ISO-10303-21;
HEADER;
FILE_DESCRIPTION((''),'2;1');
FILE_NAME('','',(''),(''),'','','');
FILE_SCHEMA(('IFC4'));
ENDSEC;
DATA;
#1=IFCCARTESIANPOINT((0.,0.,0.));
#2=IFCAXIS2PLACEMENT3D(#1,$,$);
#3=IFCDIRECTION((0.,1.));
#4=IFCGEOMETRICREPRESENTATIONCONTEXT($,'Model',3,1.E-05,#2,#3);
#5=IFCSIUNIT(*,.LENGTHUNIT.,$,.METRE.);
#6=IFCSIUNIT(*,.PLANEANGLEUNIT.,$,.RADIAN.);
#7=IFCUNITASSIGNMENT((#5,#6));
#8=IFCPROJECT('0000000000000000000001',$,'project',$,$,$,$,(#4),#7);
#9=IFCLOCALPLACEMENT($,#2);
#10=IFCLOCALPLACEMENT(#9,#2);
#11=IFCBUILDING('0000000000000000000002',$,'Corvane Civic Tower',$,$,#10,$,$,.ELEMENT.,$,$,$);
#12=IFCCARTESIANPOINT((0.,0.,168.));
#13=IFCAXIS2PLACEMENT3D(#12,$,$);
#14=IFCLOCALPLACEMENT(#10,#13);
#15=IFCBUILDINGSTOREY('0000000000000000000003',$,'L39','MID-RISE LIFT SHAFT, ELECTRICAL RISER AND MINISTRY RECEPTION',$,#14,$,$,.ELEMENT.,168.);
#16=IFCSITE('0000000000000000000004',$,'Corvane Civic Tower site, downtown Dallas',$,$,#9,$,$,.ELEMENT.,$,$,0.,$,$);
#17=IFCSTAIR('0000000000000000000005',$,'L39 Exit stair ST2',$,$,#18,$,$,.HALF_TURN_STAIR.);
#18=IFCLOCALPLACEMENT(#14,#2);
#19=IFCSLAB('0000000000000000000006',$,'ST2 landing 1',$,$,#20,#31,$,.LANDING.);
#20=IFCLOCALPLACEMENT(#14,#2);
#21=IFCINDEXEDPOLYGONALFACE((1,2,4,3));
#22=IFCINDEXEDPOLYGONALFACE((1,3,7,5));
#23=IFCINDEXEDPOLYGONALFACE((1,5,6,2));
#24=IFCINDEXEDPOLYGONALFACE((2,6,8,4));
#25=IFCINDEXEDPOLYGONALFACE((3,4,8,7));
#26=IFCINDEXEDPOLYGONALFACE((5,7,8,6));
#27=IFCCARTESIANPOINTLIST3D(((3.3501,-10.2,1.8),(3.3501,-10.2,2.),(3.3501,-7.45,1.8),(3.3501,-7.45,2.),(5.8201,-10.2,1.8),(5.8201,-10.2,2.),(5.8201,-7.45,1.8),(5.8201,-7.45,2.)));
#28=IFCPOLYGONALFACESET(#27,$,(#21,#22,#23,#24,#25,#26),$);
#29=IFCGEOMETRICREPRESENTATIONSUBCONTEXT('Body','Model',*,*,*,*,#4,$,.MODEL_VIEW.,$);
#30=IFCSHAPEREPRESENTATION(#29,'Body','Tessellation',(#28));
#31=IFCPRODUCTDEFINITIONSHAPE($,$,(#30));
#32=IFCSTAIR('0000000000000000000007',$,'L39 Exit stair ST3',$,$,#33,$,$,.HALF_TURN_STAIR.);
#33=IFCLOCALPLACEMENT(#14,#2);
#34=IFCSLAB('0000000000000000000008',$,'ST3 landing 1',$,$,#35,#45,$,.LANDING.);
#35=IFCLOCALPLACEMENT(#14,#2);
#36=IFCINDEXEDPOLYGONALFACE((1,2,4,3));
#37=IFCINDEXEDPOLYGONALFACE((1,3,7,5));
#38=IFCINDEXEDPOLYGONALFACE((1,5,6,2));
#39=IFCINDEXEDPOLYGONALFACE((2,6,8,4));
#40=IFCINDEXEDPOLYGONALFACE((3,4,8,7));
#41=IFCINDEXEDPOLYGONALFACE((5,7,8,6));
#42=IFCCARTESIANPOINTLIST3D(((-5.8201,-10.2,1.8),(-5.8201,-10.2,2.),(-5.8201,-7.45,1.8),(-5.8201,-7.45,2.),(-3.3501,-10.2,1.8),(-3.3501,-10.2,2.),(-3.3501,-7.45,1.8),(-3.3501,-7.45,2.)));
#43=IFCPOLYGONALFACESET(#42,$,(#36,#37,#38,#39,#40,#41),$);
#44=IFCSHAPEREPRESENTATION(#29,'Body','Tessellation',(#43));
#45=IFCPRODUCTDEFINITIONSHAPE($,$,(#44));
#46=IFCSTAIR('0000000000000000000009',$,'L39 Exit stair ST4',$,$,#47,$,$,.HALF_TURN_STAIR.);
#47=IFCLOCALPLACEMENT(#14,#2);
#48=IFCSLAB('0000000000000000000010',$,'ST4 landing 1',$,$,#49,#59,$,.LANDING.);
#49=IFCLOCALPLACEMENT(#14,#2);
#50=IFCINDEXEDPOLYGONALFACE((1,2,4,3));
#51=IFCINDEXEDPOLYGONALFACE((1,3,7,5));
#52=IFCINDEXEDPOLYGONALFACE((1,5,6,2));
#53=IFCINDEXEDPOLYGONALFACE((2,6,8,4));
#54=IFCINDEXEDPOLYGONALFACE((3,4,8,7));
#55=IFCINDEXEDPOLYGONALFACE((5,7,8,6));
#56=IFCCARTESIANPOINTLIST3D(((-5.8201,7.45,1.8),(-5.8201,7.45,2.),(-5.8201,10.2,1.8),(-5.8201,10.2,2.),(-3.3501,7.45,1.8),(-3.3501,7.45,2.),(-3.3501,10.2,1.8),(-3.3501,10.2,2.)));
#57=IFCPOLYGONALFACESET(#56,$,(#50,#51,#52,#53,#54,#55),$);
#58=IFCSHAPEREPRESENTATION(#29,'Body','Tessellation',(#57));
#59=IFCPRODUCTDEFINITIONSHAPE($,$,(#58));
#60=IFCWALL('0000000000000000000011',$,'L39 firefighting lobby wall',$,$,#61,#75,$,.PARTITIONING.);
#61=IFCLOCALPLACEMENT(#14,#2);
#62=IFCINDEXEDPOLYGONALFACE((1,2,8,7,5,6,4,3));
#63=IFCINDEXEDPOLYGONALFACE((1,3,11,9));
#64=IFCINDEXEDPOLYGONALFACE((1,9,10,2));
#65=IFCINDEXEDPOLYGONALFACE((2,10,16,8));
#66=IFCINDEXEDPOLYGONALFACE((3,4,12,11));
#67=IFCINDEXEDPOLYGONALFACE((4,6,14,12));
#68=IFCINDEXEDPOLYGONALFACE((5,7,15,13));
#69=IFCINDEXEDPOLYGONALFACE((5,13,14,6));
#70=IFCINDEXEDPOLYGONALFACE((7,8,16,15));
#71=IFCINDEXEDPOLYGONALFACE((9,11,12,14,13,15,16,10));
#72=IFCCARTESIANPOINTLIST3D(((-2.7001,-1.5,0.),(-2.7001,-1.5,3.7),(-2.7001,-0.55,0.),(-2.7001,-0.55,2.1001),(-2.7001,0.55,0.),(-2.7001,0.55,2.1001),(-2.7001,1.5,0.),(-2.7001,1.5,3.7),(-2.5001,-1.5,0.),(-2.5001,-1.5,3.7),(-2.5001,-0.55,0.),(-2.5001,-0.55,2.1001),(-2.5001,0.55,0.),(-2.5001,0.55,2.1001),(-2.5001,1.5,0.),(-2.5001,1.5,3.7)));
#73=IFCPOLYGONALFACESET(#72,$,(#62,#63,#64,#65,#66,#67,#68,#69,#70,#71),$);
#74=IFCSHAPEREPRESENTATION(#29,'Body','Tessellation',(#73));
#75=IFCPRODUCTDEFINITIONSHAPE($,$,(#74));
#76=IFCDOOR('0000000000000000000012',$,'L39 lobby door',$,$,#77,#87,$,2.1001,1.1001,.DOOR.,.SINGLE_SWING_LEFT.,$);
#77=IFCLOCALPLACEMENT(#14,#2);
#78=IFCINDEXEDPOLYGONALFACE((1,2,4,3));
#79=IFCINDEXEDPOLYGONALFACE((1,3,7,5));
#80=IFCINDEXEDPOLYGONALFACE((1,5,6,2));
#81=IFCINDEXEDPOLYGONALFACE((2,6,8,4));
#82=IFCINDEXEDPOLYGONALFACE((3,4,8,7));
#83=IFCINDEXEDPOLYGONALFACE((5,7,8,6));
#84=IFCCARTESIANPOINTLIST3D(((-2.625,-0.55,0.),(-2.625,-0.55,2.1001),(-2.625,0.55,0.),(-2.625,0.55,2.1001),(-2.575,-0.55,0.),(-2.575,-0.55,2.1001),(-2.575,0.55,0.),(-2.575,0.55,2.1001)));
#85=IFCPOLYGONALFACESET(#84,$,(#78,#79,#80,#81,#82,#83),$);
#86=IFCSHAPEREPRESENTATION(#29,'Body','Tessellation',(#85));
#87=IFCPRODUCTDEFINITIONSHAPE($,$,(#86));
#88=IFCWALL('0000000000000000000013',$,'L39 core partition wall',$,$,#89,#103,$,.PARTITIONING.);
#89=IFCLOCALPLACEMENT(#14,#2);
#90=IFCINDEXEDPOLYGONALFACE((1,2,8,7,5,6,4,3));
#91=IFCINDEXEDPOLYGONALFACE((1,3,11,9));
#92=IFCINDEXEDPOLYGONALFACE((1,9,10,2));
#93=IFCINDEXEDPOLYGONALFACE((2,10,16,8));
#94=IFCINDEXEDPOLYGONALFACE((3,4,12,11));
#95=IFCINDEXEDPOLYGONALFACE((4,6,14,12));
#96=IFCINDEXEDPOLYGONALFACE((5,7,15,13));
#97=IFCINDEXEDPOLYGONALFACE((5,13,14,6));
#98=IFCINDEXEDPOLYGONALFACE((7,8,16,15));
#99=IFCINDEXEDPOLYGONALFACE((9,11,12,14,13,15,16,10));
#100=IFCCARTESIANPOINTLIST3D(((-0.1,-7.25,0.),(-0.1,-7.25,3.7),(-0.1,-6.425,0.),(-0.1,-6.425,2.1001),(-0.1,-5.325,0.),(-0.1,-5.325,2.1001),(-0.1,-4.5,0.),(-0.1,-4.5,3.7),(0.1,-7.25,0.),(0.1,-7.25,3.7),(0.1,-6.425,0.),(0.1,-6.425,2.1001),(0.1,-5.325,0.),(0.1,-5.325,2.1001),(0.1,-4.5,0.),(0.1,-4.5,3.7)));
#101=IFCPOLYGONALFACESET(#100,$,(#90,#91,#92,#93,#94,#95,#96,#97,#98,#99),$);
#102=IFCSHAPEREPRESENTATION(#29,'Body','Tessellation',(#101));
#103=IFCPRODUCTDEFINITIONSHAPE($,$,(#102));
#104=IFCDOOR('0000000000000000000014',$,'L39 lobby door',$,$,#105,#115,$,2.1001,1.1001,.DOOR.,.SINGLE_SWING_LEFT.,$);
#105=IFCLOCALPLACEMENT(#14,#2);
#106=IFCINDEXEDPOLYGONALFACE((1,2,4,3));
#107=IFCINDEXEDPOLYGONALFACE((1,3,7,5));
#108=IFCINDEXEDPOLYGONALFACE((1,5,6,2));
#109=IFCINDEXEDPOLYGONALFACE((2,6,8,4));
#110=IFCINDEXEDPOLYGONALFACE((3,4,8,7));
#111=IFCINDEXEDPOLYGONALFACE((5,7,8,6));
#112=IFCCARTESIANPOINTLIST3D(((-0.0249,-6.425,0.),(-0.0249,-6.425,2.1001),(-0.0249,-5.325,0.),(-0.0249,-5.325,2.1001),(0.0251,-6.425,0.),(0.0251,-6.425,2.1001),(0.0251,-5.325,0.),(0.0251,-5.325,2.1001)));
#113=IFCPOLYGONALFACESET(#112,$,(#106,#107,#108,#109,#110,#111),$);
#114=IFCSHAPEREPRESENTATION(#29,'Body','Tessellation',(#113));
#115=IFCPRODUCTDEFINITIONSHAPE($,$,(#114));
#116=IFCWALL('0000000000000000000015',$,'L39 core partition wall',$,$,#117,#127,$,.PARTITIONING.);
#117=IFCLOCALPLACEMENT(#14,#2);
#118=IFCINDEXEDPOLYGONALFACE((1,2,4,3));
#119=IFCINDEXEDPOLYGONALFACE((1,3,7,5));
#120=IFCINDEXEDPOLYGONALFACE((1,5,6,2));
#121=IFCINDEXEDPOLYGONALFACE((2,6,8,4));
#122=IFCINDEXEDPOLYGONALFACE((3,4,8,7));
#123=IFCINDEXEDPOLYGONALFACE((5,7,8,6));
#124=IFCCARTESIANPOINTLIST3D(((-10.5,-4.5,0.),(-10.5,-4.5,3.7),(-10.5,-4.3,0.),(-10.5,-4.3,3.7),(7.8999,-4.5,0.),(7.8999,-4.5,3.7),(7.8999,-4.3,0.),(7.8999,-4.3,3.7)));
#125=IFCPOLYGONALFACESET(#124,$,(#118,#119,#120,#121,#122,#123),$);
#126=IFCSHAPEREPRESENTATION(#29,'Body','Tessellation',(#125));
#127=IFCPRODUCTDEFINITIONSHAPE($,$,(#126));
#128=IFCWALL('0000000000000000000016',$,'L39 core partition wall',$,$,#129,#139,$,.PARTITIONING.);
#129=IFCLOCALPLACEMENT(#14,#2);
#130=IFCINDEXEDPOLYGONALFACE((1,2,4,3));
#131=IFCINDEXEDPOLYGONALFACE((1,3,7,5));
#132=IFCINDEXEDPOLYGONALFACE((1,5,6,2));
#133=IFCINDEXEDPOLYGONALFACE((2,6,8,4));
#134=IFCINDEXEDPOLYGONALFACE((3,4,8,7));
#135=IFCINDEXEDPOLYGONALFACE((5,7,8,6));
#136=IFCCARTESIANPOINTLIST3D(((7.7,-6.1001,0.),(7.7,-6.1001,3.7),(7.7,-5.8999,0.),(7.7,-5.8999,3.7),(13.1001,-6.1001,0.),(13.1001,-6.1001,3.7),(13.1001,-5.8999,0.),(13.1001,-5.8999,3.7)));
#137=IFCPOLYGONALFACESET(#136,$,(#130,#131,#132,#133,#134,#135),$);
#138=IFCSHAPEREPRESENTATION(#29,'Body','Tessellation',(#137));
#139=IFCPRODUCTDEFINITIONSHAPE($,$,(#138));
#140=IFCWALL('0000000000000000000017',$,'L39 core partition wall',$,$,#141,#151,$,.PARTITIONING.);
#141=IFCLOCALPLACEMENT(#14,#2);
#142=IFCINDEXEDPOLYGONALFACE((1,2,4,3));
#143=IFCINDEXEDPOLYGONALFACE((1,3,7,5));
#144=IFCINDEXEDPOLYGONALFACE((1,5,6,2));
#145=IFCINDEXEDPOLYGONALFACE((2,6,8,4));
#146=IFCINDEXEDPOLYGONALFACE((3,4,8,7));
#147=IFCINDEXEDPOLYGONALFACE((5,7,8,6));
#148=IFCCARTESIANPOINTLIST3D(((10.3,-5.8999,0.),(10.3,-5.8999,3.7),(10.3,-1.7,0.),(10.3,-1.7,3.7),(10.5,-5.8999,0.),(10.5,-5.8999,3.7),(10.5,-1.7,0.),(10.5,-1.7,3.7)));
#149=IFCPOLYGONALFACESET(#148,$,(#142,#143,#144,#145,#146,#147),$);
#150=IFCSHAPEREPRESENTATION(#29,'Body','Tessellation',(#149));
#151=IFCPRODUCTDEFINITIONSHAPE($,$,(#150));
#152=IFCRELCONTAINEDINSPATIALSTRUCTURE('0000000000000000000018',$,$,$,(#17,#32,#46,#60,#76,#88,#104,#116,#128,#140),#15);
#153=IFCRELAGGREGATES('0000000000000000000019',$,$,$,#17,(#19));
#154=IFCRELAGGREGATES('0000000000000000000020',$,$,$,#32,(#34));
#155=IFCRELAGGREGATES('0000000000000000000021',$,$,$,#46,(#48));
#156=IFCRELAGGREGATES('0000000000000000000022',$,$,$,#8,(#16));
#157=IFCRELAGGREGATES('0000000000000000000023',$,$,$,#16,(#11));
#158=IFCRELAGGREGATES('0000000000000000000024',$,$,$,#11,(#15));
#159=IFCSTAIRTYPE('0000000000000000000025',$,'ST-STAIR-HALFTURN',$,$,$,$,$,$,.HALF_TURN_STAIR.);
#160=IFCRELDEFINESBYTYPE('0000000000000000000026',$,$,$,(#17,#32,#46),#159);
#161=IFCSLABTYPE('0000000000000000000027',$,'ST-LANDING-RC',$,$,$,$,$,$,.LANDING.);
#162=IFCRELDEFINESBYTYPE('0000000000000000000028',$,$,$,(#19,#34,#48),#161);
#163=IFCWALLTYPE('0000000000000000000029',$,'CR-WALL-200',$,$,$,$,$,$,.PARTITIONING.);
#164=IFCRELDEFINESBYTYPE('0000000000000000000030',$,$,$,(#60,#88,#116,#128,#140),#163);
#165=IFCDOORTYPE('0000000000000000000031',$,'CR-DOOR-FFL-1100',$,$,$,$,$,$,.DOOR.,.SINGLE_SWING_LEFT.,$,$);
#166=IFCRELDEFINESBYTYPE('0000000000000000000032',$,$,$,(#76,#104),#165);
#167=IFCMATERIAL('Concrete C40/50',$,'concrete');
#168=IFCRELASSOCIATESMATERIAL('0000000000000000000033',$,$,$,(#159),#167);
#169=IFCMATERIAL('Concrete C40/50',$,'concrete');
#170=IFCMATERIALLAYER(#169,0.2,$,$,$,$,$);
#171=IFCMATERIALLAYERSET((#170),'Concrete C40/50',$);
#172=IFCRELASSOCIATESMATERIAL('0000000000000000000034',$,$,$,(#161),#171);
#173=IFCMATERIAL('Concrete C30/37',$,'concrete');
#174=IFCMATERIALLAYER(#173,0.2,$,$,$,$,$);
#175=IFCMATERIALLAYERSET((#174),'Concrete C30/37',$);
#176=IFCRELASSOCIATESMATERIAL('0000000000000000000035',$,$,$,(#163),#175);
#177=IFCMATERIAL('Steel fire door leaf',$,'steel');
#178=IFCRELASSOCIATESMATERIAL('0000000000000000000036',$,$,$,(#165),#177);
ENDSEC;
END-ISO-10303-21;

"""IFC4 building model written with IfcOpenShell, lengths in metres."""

from ifc_helpers import new_model, si_unit, direction, frame, frame_2d, origin, place, context, subcontext, project, spatial, polyline, rectangle, outline, extrude, material, layer, layer_set, type_object, element, fill, aggregate, save


model = new_model("IFC4")

# Units and contexts
model_context = context("Model", 3, precision=1e-05, world=origin(), true_north=direction((0.0, 1.0)))
body_context = subcontext(model_context, "Body", "Model", "MODEL_VIEW")
ifc_project = project(units=[si_unit("LENGTHUNIT", "METRE"), si_unit("PLANEANGLEUNIT", "RADIAN")], contexts=[model_context])

# Site, building, storey
site_placement = place(None, origin())
site = spatial("IfcSite", under=ifc_project, at=site_placement, Name="Corvane Civic Tower site, downtown Dallas", CompositionType="ELEMENT", RefElevation=0.0)
building_placement = place(site_placement, origin())
building = spatial("IfcBuilding", under=site, at=building_placement, Name="Corvane Civic Tower", CompositionType="ELEMENT")
storey_placement = place(building_placement, frame((0.0, 0.0, 168.0)))
storey = spatial("IfcBuildingStorey", under=building, at=storey_placement, Name="L39", Description="MID-RISE LIFT SHAFT, ELECTRICAL RISER AND MINISTRY RECEPTION", CompositionType="ELEMENT", Elevation=168.0)

# Stairs, slabs
ifc_material_1 = material(Name="Concrete C40/50", Category="concrete")
stair_type = type_object("IfcStairType", Name="ST-STAIR-HALFTURN", PredefinedType="HALF_TURN_STAIR", material=ifc_material_1)
ifc_material_2 = material(Name="Concrete C40/50", Category="concrete")
ifc_layer_1 = layer(ifc_material_2, 0.2)
ifc_layer_set_1 = layer_set([ifc_layer_1], Name="Concrete C40/50")
slab_type_1 = type_object("IfcSlabType", Name="ST-LANDING-RC", PredefinedType="LANDING", material=ifc_layer_set_1)
stair_1_placement = place(storey_placement, origin())
stair_1 = element("IfcStair", 1, at=stair_1_placement, inside=storey, type_object=stair_type, Name="L39 Exit stair ST2", PredefinedType="HALF_TURN_STAIR")
slab_1_placement = place(storey_placement, frame((0.0, 0.0, 1.8)))
slab_1 = element("IfcSlab", 2, at=slab_1_placement, type_object=slab_type_1, Name="ST2 landing 1", PredefinedType="LANDING", context=body_context, shape_type="SweptSolid", body=[
    extrude(outline(polyline([(5.8201, -7.45), (3.3501, -7.45), (3.3501, -10.2), (5.8201, -10.2), (5.8201, -7.45)])), origin(), (0.0, 0.0, 1.0), 0.2),
])
aggregate(stair_1, [slab_1])
stair_2_placement = place(storey_placement, origin())
stair_2 = element("IfcStair", 3, at=stair_2_placement, inside=storey, type_object=stair_type, Name="L39 Exit stair ST3", PredefinedType="HALF_TURN_STAIR")
slab_2_placement = place(storey_placement, frame((0.0, 0.0, 1.8)))
slab_2 = element("IfcSlab", 4, at=slab_2_placement, type_object=slab_type_1, Name="ST3 landing 1", PredefinedType="LANDING", context=body_context, shape_type="SweptSolid", body=[
    extrude(outline(polyline([(-5.8201, -10.2), (-3.3501, -10.2), (-3.3501, -7.45), (-5.8201, -7.45), (-5.8201, -10.2)])), origin(), (0.0, 0.0, 1.0), 0.2),
])
aggregate(stair_2, [slab_2])
stair_3_placement = place(storey_placement, origin())
stair_3 = element("IfcStair", 5, at=stair_3_placement, inside=storey, type_object=stair_type, Name="L39 Exit stair ST4", PredefinedType="HALF_TURN_STAIR")
slab_3_placement = place(storey_placement, frame((0.0, 0.0, 1.8)))
slab_3 = element("IfcSlab", 6, at=slab_3_placement, type_object=slab_type_1, Name="ST4 landing 1", PredefinedType="LANDING", context=body_context, shape_type="SweptSolid", body=[
    extrude(outline(polyline([(-5.8201, 7.45), (-3.3501, 7.45), (-3.3501, 10.2), (-5.8201, 10.2), (-5.8201, 7.45)])), origin(), (0.0, 0.0, 1.0), 0.2),
])
aggregate(stair_3, [slab_3])

# Walls, openings, doors
ifc_material_3 = material(Name="Concrete C30/37", Category="concrete")
ifc_layer_2 = layer(ifc_material_3, 0.2)
ifc_layer_set_2 = layer_set([ifc_layer_2], Name="Concrete C30/37")
wall_type = type_object("IfcWallType", Name="CR-WALL-200", PredefinedType="PARTITIONING", material=ifc_layer_set_2)
wall_1_placement = place(storey_placement, frame((-2.6001, -1.5, 0.0), z_axis=(0.0, 0.0, 1.0), x_axis=(0.0, 1.0, 0.0)))
wall_1 = element("IfcWall", 7, at=wall_1_placement, inside=storey, type_object=wall_type, Name="L39 firefighting lobby wall", PredefinedType="PARTITIONING", context=body_context, shape_type="SweptSolid", body=[
    extrude(rectangle(XDim=3.0, YDim=0.2, at=frame_2d((1.5, 0.0))), origin(), (0.0, 0.0, 1.0), 3.7),
])
opening_1_placement = place(wall_1_placement, frame((0.95, 0.0, 0.0)))
opening_1 = element("IfcOpeningElement", 8, at=opening_1_placement, cuts=wall_1, PredefinedType="OPENING", context=body_context, shape_type="SweptSolid", body=[
    extrude(rectangle(XDim=1.1001, YDim=2.1001, at=frame_2d((0.55, 1.05))), frame((0.0, 0.1099, 0.0), z_axis=(0.0, -1.0, 0.0), x_axis=(1.0, 0.0, 0.0)), (0.0, 0.0, 1.0), 0.22),
])
ifc_material_4 = material(Name="Steel fire door leaf", Category="steel")
door_type = type_object("IfcDoorType", Name="CR-DOOR-FFL-1100", OperationType="SINGLE_SWING_LEFT", PredefinedType="DOOR", material=ifc_material_4)
door_1_placement = place(opening_1_placement, origin())
door_1 = element("IfcDoor", 9, at=door_1_placement, inside=storey, type_object=door_type, Name="L39 lobby door", OperationType="SINGLE_SWING_LEFT", OverallHeight=2.1001, OverallWidth=1.1001, PredefinedType="DOOR", context=body_context, shape_type="SweptSolid", body=[
    extrude(rectangle(XDim=1.1001, YDim=2.1001, at=frame_2d((0.55, 1.05))), frame((0.0, 0.0249, 0.0), z_axis=(0.0, -1.0, 0.0), x_axis=(1.0, 0.0, 0.0)), (0.0, 0.0, 1.0), 0.05),
])
fill(opening_1, door_1)
wall_2_placement = place(storey_placement, frame((0.0, -7.25, 0.0), z_axis=(0.0, 0.0, 1.0), x_axis=(0.0, 1.0, 0.0)))
wall_2 = element("IfcWall", 10, at=wall_2_placement, inside=storey, type_object=wall_type, Name="L39 core partition wall", PredefinedType="PARTITIONING", context=body_context, shape_type="SweptSolid", body=[
    extrude(rectangle(XDim=2.75, YDim=0.2, at=frame_2d((1.375, 0.0))), origin(), (0.0, 0.0, 1.0), 3.7),
])
opening_2_placement = place(wall_2_placement, frame((0.825, 0.0, 0.0)))
opening_2 = element("IfcOpeningElement", 11, at=opening_2_placement, cuts=wall_2, PredefinedType="OPENING", context=body_context, shape_type="SweptSolid", body=[
    extrude(rectangle(XDim=1.1001, YDim=2.1001, at=frame_2d((0.55, 1.05))), frame((0.0, 0.1099, 0.0), z_axis=(0.0, -1.0, 0.0), x_axis=(1.0, 0.0, 0.0)), (0.0, 0.0, 1.0), 0.22),
])
door_2_placement = place(opening_2_placement, origin())
door_2 = element("IfcDoor", 12, at=door_2_placement, inside=storey, type_object=door_type, Name="L39 lobby door", OperationType="SINGLE_SWING_LEFT", OverallHeight=2.1001, OverallWidth=1.1001, PredefinedType="DOOR", context=body_context, shape_type="SweptSolid", body=[
    extrude(rectangle(XDim=1.1001, YDim=2.1001, at=frame_2d((0.55, 1.05))), frame((0.0, 0.0249, 0.0), z_axis=(0.0, -1.0, 0.0), x_axis=(1.0, 0.0, 0.0)), (0.0, 0.0, 1.0), 0.05),
])
fill(opening_2, door_2)

# Walls
wall_3_placement = place(storey_placement, origin())
element("IfcWall", 13, at=wall_3_placement, inside=storey, type_object=wall_type, Name="L39 core partition wall", PredefinedType="PARTITIONING", context=body_context, shape_type="SweptSolid", body=[
    extrude(outline(polyline([(7.8999, -4.3), (7.8999, -4.5), (-10.5, -4.5), (-10.5, -4.3), (7.8999, -4.3)])), origin(), (0.0, 0.0, 1.0), 3.7),
])
wall_4_placement = place(storey_placement, origin())
element("IfcWall", 14, at=wall_4_placement, inside=storey, type_object=wall_type, Name="L39 core partition wall", PredefinedType="PARTITIONING", context=body_context, shape_type="SweptSolid", body=[
    extrude(outline(polyline([(13.1001, -6.1001), (7.7, -6.1001), (7.7, -5.8999), (13.1001, -5.8999), (13.1001, -6.1001)])), origin(), (0.0, 0.0, 1.0), 3.7),
])
wall_5_placement = place(storey_placement, origin())
element("IfcWall", 15, at=wall_5_placement, inside=storey, type_object=wall_type, Name="L39 core partition wall", PredefinedType="PARTITIONING", context=body_context, shape_type="SweptSolid", body=[
    extrude(outline(polyline([(10.5, -1.7), (10.5, -5.8999), (10.3, -5.8999), (10.3, -1.7), (10.5, -1.7)])), origin(), (0.0, 0.0, 1.0), 3.7),
])

save(model, "model.ifc")
